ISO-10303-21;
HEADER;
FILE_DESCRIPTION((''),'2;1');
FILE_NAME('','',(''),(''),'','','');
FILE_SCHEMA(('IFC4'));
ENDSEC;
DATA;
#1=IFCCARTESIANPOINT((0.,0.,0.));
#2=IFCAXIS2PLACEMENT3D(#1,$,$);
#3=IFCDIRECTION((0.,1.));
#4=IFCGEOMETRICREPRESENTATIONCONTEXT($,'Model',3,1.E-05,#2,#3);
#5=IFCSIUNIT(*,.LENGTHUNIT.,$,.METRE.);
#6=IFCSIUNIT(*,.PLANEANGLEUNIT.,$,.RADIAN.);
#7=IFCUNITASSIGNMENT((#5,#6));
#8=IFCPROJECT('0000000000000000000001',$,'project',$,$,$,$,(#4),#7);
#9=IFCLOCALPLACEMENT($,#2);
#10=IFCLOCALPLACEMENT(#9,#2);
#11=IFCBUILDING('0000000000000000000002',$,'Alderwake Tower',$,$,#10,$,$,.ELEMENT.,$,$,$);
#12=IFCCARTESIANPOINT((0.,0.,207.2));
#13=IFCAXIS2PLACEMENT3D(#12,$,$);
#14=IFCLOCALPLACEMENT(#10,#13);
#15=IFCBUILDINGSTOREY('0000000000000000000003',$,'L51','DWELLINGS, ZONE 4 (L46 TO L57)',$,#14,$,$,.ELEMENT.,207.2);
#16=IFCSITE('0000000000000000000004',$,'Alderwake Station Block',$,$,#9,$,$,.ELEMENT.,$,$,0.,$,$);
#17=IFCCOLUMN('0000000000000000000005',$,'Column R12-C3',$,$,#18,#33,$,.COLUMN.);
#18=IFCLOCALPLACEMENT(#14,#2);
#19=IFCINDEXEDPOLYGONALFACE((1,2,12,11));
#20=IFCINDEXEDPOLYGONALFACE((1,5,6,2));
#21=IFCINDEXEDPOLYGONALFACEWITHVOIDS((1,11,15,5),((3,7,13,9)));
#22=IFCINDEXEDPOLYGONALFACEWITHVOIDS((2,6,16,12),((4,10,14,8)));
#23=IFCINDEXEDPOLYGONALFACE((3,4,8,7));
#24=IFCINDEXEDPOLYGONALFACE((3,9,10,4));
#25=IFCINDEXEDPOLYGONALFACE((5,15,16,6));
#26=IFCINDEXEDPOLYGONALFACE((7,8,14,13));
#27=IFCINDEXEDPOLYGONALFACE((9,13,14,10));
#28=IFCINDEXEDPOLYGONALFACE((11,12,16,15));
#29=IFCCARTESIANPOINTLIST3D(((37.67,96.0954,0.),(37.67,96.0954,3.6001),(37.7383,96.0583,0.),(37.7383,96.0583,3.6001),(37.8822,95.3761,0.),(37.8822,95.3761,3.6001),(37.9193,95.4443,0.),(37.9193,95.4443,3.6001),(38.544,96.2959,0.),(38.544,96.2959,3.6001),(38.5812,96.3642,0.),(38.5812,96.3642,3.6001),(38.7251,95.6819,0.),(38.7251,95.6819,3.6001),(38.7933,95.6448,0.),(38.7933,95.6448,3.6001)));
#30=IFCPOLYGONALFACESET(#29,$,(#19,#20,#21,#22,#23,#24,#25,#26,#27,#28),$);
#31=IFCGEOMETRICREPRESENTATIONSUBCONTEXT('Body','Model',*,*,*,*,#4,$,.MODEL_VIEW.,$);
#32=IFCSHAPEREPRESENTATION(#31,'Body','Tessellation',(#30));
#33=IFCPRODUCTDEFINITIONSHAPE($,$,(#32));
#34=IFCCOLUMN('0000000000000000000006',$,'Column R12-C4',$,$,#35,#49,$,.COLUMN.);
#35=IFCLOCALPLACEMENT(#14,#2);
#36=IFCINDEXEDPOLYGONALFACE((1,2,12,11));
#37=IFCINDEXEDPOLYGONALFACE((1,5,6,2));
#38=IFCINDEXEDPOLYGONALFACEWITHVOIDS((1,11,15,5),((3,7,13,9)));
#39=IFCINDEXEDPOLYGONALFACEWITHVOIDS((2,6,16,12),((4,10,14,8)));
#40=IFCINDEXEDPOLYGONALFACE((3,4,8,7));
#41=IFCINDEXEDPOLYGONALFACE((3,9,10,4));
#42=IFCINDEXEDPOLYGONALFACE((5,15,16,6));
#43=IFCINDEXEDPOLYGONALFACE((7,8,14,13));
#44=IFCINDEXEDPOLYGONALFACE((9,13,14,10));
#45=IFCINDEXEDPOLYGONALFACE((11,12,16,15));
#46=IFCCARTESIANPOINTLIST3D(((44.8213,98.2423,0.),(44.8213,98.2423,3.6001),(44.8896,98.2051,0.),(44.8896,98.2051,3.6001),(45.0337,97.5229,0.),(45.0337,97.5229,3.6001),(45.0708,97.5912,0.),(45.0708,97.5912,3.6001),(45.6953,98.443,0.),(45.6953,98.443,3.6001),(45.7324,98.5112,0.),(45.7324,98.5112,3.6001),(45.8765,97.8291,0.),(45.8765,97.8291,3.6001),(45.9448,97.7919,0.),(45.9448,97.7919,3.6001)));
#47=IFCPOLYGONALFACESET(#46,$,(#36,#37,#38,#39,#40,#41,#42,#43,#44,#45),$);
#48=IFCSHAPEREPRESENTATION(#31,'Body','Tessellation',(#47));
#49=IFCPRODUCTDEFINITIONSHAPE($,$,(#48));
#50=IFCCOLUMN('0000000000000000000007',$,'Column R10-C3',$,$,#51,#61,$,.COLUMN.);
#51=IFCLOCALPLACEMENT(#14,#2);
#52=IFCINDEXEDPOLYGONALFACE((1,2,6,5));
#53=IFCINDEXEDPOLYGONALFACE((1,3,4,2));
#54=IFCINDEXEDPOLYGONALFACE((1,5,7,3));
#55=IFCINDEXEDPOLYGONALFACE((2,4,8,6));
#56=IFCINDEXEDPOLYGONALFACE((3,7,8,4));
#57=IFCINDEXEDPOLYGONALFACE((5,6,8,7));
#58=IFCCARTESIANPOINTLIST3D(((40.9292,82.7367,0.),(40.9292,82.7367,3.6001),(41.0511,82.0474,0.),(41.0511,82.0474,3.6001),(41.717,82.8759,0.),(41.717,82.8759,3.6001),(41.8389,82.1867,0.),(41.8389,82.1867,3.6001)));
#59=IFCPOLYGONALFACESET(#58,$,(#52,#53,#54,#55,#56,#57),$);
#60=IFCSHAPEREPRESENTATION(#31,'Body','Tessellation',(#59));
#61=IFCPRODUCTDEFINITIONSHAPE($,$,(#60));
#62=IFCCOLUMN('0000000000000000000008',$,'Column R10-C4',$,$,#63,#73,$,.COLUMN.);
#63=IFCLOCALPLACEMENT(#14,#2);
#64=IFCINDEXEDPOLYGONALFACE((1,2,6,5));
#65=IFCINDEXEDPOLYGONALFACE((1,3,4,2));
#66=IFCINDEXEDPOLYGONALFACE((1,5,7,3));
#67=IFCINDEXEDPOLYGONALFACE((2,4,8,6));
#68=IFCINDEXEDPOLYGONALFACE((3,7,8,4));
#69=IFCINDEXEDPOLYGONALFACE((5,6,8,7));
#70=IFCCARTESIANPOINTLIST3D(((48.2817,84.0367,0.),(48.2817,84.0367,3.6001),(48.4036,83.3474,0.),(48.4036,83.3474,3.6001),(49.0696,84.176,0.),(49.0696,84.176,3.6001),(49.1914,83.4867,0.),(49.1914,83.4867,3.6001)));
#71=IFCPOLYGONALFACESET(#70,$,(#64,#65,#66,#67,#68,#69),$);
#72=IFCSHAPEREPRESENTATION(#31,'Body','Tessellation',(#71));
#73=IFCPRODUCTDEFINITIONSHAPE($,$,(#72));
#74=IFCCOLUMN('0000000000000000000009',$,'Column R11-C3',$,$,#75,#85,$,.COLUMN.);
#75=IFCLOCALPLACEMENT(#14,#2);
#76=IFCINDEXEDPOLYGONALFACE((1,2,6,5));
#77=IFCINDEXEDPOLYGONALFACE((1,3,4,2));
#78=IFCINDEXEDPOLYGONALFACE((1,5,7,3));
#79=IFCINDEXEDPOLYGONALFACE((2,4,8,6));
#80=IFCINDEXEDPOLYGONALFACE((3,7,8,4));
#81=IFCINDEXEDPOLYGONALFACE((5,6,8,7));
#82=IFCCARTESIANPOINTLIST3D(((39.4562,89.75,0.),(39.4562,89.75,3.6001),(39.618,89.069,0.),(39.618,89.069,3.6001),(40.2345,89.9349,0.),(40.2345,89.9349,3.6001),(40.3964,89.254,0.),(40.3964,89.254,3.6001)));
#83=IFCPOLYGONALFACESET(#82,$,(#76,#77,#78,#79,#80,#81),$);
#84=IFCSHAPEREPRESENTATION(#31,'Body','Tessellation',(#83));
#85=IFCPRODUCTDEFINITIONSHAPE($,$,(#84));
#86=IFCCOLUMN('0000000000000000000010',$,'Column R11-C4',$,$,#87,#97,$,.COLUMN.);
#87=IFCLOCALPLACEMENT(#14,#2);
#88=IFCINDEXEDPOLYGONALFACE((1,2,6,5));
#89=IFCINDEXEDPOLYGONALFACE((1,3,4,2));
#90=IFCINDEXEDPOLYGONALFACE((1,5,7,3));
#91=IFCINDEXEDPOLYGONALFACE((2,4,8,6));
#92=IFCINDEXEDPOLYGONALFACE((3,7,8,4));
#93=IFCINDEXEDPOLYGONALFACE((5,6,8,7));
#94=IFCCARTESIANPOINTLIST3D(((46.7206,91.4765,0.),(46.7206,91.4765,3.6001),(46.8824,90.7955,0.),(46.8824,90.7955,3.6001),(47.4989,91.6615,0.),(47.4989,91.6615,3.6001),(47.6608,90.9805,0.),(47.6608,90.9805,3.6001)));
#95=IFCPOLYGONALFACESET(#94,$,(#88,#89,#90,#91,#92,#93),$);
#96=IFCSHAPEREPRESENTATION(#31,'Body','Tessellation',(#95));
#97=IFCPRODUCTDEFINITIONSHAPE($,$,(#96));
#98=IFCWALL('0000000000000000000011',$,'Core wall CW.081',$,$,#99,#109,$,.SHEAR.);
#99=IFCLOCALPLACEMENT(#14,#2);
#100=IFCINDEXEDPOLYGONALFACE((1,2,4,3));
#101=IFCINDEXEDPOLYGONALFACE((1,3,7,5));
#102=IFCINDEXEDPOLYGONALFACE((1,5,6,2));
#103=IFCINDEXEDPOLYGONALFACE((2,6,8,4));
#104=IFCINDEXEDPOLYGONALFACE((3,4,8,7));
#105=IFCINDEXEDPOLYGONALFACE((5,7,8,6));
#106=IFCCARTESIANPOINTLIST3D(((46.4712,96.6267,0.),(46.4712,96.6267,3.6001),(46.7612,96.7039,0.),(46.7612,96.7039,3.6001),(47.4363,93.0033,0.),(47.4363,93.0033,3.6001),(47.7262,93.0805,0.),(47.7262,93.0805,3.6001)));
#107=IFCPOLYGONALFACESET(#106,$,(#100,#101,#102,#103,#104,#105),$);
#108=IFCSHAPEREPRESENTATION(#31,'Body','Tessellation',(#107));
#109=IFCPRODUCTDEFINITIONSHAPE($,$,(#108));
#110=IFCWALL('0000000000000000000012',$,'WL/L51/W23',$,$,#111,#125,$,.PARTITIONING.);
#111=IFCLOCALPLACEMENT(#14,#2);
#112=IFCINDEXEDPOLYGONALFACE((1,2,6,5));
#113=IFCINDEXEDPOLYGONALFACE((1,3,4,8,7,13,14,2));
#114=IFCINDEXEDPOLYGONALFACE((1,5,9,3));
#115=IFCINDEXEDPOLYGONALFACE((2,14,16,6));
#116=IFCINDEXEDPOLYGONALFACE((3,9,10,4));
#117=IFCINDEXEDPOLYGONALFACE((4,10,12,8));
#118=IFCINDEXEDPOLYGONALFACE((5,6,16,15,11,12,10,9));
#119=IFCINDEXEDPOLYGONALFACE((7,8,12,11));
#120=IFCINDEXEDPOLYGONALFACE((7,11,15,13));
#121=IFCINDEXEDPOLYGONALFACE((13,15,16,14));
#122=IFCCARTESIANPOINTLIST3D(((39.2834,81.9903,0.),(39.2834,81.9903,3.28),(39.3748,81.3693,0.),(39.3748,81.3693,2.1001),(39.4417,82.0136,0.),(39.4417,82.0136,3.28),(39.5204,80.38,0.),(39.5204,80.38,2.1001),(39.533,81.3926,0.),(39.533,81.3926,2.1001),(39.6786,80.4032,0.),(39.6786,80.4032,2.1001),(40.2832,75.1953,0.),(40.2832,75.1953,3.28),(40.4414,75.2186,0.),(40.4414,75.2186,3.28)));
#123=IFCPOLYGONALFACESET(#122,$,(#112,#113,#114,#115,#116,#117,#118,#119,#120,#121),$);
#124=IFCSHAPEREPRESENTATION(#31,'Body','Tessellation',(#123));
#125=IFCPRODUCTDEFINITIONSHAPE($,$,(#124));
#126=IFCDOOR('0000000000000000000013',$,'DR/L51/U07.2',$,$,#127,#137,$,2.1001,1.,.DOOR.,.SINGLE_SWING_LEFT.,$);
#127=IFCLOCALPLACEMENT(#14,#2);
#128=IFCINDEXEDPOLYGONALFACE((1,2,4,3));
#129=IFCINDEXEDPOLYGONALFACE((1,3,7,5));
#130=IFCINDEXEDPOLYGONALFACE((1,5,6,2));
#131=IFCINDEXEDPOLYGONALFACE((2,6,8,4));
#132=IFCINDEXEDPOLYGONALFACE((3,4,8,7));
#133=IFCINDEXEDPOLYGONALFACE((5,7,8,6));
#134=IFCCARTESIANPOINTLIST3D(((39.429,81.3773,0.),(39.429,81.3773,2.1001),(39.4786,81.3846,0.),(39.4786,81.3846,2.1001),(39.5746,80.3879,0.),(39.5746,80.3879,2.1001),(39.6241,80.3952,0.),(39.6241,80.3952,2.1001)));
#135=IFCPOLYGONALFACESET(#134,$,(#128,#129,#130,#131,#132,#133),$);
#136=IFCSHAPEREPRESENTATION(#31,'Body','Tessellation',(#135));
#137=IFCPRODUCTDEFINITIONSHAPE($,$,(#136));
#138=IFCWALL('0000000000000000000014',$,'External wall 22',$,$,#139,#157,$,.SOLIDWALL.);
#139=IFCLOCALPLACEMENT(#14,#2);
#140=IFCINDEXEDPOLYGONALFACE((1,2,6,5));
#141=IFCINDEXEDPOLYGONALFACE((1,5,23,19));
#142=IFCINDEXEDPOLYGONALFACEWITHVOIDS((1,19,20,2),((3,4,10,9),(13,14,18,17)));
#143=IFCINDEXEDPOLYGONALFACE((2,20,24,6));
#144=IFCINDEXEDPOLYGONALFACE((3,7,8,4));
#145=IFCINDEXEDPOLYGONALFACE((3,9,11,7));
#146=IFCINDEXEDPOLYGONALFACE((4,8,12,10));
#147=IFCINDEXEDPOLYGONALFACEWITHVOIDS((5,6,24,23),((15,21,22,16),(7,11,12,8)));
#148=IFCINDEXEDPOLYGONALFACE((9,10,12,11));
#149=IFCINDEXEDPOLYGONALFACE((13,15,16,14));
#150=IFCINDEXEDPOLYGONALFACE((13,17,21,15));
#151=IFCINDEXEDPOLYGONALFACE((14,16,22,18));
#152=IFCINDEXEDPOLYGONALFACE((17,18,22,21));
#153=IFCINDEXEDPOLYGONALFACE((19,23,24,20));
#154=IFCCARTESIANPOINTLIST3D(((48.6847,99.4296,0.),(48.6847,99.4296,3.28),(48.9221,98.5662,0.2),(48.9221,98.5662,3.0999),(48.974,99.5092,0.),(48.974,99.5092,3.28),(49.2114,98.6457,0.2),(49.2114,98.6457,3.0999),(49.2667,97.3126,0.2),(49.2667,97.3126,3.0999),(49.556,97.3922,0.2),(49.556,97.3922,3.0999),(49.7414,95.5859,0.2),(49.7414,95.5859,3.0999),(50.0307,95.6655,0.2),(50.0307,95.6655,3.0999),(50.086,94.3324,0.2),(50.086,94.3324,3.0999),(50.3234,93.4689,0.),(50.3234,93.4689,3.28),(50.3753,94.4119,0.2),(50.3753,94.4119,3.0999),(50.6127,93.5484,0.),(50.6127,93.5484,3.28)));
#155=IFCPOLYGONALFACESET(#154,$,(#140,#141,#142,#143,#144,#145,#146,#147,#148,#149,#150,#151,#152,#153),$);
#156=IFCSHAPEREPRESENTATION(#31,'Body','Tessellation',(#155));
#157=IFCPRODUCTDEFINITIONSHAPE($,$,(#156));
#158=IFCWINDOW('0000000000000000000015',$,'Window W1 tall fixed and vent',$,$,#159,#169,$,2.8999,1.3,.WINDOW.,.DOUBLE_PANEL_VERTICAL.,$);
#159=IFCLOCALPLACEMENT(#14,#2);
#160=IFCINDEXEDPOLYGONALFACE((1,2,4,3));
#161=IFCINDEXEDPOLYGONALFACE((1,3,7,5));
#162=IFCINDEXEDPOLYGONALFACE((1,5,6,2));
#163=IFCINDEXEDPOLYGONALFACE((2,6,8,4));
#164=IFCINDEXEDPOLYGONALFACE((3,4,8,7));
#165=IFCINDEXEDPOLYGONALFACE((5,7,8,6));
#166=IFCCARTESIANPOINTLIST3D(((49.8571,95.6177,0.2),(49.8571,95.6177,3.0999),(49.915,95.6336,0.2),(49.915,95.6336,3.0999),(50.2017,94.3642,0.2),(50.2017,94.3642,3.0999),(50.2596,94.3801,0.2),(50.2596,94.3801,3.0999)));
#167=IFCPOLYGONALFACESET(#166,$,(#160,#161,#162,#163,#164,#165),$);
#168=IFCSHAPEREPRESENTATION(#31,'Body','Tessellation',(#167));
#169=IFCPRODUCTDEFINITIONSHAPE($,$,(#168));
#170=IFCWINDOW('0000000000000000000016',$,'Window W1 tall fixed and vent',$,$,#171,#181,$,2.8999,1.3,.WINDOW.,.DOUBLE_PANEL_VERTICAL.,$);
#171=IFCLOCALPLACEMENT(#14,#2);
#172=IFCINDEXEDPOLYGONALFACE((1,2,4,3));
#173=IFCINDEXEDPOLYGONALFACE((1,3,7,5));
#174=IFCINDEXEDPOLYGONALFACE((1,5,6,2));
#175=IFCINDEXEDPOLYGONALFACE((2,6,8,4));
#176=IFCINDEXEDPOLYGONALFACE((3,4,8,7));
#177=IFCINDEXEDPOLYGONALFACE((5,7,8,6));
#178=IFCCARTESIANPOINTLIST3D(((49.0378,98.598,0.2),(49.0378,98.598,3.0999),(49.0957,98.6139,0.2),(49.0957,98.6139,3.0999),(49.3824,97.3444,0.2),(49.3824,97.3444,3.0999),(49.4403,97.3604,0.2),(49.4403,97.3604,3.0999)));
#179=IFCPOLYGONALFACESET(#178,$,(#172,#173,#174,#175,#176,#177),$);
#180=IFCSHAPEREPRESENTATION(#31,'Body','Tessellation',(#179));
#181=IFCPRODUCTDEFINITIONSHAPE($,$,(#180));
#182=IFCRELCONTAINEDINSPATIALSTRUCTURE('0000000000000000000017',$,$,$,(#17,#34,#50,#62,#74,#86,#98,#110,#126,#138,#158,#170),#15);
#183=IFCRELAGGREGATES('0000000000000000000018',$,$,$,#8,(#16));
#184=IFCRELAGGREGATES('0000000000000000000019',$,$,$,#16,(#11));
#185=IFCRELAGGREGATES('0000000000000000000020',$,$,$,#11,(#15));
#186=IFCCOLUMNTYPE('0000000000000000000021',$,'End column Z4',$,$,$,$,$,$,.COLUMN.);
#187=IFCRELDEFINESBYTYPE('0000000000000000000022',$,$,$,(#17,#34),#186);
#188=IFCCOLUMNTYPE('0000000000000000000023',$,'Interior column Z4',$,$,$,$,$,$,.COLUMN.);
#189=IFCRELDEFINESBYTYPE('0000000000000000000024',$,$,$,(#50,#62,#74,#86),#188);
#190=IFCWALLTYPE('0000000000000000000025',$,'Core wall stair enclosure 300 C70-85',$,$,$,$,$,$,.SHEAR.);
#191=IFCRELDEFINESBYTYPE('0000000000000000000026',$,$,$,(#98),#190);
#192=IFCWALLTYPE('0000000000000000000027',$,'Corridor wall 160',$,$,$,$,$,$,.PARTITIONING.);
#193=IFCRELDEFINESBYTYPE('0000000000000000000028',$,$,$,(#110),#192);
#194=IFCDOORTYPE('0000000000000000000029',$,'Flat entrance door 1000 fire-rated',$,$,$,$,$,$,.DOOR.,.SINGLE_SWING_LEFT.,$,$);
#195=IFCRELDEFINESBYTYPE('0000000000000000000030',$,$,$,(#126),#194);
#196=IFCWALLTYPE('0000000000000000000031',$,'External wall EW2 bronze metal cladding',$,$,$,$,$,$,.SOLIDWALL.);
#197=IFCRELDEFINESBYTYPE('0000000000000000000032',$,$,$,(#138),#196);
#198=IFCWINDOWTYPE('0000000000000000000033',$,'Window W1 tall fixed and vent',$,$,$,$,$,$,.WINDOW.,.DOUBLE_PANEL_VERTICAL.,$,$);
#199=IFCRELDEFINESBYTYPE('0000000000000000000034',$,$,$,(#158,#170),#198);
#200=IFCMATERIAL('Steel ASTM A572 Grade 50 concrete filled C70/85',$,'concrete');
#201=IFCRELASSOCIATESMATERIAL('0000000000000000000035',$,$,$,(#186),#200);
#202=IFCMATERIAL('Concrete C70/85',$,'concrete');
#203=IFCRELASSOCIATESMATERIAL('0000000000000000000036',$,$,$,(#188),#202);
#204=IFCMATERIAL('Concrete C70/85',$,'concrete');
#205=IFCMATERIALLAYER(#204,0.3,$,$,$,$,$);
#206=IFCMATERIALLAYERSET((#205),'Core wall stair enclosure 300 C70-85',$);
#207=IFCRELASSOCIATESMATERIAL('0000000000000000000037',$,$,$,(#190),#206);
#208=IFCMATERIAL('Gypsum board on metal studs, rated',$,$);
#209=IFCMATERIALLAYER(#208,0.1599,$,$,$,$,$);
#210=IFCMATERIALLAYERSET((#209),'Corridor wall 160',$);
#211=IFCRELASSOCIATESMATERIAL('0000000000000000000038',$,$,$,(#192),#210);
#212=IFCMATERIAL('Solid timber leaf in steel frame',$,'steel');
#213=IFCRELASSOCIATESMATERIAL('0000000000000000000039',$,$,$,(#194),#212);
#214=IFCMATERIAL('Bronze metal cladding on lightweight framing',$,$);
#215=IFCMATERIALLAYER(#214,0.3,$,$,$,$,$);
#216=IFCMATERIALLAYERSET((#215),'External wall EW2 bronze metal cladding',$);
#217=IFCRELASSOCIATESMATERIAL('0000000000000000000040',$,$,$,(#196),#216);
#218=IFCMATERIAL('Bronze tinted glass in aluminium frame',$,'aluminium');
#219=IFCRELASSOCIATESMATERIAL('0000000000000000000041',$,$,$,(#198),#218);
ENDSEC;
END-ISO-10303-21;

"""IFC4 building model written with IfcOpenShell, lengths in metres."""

from ifc_helpers import new_model, si_unit, direction, frame, frame_2d, origin, origin_2d, place, context, subcontext, project, spatial, rectangle, hollow_rectangle, extrude, material, layer, layer_set, material_profile, profile_set, type_object, element, fill, save


model = new_model("IFC4")

# Units and contexts
model_context = context("Model", 3, precision=1e-05, world=origin(), true_north=direction((0.0, 1.0)))
body_context = subcontext(model_context, "Body", "Model", "MODEL_VIEW")
ifc_project = project(units=[si_unit("LENGTHUNIT", "METRE"), si_unit("PLANEANGLEUNIT", "RADIAN")], contexts=[model_context])

# Site, building, storey
site_placement = place(None, origin())
site = spatial("IfcSite", under=ifc_project, at=site_placement, Name="Alderwake Station Block", CompositionType="ELEMENT", RefElevation=0.0)
building_placement = place(site_placement, origin())
building = spatial("IfcBuilding", under=site, at=building_placement, Name="Alderwake Tower", CompositionType="ELEMENT")
storey_placement = place(building_placement, frame((0.0, 0.0, 207.2)))
storey = spatial("IfcBuildingStorey", under=building, at=storey_placement, Name="L51", Description="DWELLINGS, ZONE 4 (L46 TO L57)", CompositionType="ELEMENT", Elevation=207.2)

# Columns
ifc_material_1 = material(Name="Steel ASTM A572 Grade 50 concrete filled C70/85", Category="concrete")
ifc_material_profile_1 = material_profile(ifc_material_1, hollow_rectangle(XDim=0.75, YDim=0.95, WallThickness=0.0549, at=origin_2d()), Name="BOX 950X750X55")
ifc_profile_set_1 = profile_set([ifc_material_profile_1], Name="Steel ASTM A572 Grade 50 concrete filled C70/85")
column_type_1 = type_object("IfcColumnType", Name="End column Z4", PredefinedType="COLUMN", material=ifc_profile_set_1)
for number, where, z_axis, x_axis, name in (
    (1, (38.2317, 95.8701, 0.0), (0.0, 0.0, 1.0), (-0.282884, 0.959154, 0.0), "Column R12-C3"),
    (2, (45.3831, 98.0171, 0.0), (0.0, 0.0, 1.0), (-0.28315, 0.959076, 0.0), "Column R12-C4"),
):
    element("IfcColumn", number, at=place(storey_placement, frame(where, z_axis=z_axis, x_axis=x_axis)), inside=storey, type_object=column_type_1, Name=name, PredefinedType="COLUMN", context=body_context, shape_type="SweptSolid", body=[
        extrude(hollow_rectangle(XDim=0.75, YDim=0.95, WallThickness=0.0549, at=origin_2d()), origin(), (0.0, 0.0, 1.0), 3.6001),
    ])
ifc_material_2 = material(Name="Concrete C70/85", Category="concrete")
ifc_material_profile_2 = material_profile(ifc_material_2, rectangle(XDim=0.7, YDim=0.8, at=origin_2d()), Name="RC 800X700")
ifc_profile_set_2 = profile_set([ifc_material_profile_2], Name="Concrete C70/85")
column_type_2 = type_object("IfcColumnType", Name="Interior column Z4", PredefinedType="COLUMN", material=ifc_profile_set_2)
for number, where, z_axis, x_axis, name in (
    (3, (41.384, 82.4617, 0.0), (0.0, 0.0, 1.0), (-0.174107, 0.984727, 0.0), "Column R10-C3"),
    (4, (48.7366, 83.7617, 0.0), (0.0, 0.0, 1.0), (-0.174107, 0.984727, 0.0), "Column R10-C4"),
    (5, (39.9263, 89.502, 0.0), (0.0, 0.0, 1.0), (-0.231222, 0.972901, 0.0), "Column R11-C3"),
    (6, (47.1907, 91.2285, 0.0), (0.0, 0.0, 1.0), (-0.231222, 0.972901, 0.0), "Column R11-C4"),
):
    element("IfcColumn", number, at=place(storey_placement, frame(where, z_axis=z_axis, x_axis=x_axis)), inside=storey, type_object=column_type_2, Name=name, PredefinedType="COLUMN", context=body_context, shape_type="SweptSolid", body=[
        extrude(rectangle(XDim=0.7, YDim=0.8, at=origin_2d()), origin(), (0.0, 0.0, 1.0), 3.6001),
    ])

# Wall
ifc_material_3 = material(Name="Concrete C70/85", Category="concrete")
ifc_layer_1 = layer(ifc_material_3, 0.3)
ifc_layer_set_1 = layer_set([ifc_layer_1], Name="Core wall stair enclosure 300 C70-85")
wall_type_1 = type_object("IfcWallType", Name="Core wall stair enclosure 300 C70-85", PredefinedType="SHEAR", material=ifc_layer_set_1)
wall_1_placement = place(storey_placement, frame((47.5813, 93.0417, 0.0), z_axis=(0.0, 0.0, 1.0), x_axis=(-0.257367, 0.966314, 0.0)))
element("IfcWall", 7, at=wall_1_placement, inside=storey, type_object=wall_type_1, Name="Core wall CW.081", PredefinedType="SHEAR", context=body_context, shape_type="SweptSolid", body=[
    extrude(rectangle(XDim=3.7498, YDim=0.3, at=frame_2d((1.875, 0.0))), origin(), (0.0, 0.0, 1.0), 3.6001),
])

# Wall, opening, door
ifc_material_4 = material(Name="Gypsum board on metal studs, rated")
ifc_layer_2 = layer(ifc_material_4, 0.1599)
ifc_layer_set_2 = layer_set([ifc_layer_2], Name="Corridor wall 160")
wall_type_2 = type_object("IfcWallType", Name="Corridor wall 160", PredefinedType="PARTITIONING", material=ifc_layer_set_2)
wall_2_placement = place(storey_placement, frame((39.3625, 82.002, 0.0), z_axis=(0.0, 0.0, 1.0), x_axis=(0.145566, -0.989349, 0.0)))
wall_2 = element("IfcWall", 8, at=wall_2_placement, inside=storey, type_object=wall_type_2, Name="WL/L51/W23", PredefinedType="PARTITIONING", context=body_context, shape_type="SweptSolid", body=[
    extrude(rectangle(XDim=6.8682, YDim=0.1599, at=frame_2d((3.4341, 0.0))), origin(), (0.0, 0.0, 1.0), 3.28),
])
opening_1_placement = place(wall_2_placement, frame((0.6277, 0.0, 0.0)))
opening_1 = element("IfcOpeningElement", 9, at=opening_1_placement, cuts=wall_2, PredefinedType="OPENING", context=body_context, shape_type="SweptSolid", body=[
    extrude(rectangle(XDim=1.0, YDim=2.1001, at=frame_2d((0.5, 1.05))), frame((0.0, 0.0898, 0.0), z_axis=(0.0, -1.0, 0.0), x_axis=(1.0, 0.0, 0.0)), (0.0, 0.0, 1.0), 0.1799),
])
ifc_material_5 = material(Name="Solid timber leaf in steel frame", Category="steel")
door_type_1 = type_object("IfcDoorType", Name="Flat entrance door 1000 fire-rated", OperationType="SINGLE_SWING_LEFT", PredefinedType="DOOR", material=ifc_material_5)
door_1_placement = place(opening_1_placement, origin())
door_1 = element("IfcDoor", 10, at=door_1_placement, inside=storey, type_object=door_type_1, Name="DR/L51/U07.2", OperationType="SINGLE_SWING_LEFT", OverallHeight=2.1001, OverallWidth=1.0, PredefinedType="DOOR", context=body_context, shape_type="SweptSolid", body=[
    extrude(rectangle(XDim=1.0, YDim=2.1001, at=frame_2d((0.5, 1.05))), frame((0.0, 0.0249, 0.0), z_axis=(0.0, -1.0, 0.0), x_axis=(1.0, 0.0, 0.0)), (0.0, 0.0, 1.0), 0.05),
])
fill(opening_1, door_1)

# Wall, openings, windows
ifc_material_6 = material(Name="Bronze metal cladding on lightweight framing")
ifc_layer_3 = layer(ifc_material_6, 0.3)
ifc_layer_set_3 = layer_set([ifc_layer_3], Name="External wall EW2 bronze metal cladding")
wall_type_3 = type_object("IfcWallType", Name="External wall EW2 bronze metal cladding", PredefinedType="SOLIDWALL", material=ifc_layer_set_3)
wall_3_placement = place(storey_placement, frame((50.468, 93.5088, 0.0), z_axis=(0.0, 0.0, 1.0), x_axis=(-0.265078, 0.964227, 0.0)))
wall_3 = element("IfcWall", 11, at=wall_3_placement, inside=storey, type_object=wall_type_3, Name="External wall 22", PredefinedType="SOLIDWALL", context=body_context, shape_type="SweptSolid", body=[
    extrude(rectangle(XDim=6.1819, YDim=0.3, at=frame_2d((3.0908, 0.0))), origin(), (0.0, 0.0, 1.0), 3.28),
])
opening_2_placement = place(wall_3_placement, frame((0.8955, 0.0, 0.2)))
opening_2 = element("IfcOpeningElement", 12, at=opening_2_placement, cuts=wall_3, PredefinedType="OPENING", context=body_context, shape_type="SweptSolid", body=[
    extrude(rectangle(XDim=1.3, YDim=2.8999, at=frame_2d((0.6499, 1.45))), frame((0.0, 0.1599, 0.0), z_axis=(0.0, -1.0, 0.0), x_axis=(1.0, 0.0, 0.0)), (0.0, 0.0, 1.0), 0.3201),
])
opening_3_placement = place(wall_3_placement, frame((3.9863, 0.0, 0.2)))
opening_3 = element("IfcOpeningElement", 13, at=opening_3_placement, cuts=wall_3, PredefinedType="OPENING", context=body_context, shape_type="SweptSolid", body=[
    extrude(rectangle(XDim=1.3, YDim=2.8999, at=frame_2d((0.6499, 1.45))), frame((0.0, 0.1599, 0.0), z_axis=(0.0, -1.0, 0.0), x_axis=(1.0, 0.0, 0.0)), (0.0, 0.0, 1.0), 0.3201),
])
ifc_material_7 = material(Name="Bronze tinted glass in aluminium frame", Category="aluminium")
window_type = type_object("IfcWindowType", Name="Window W1 tall fixed and vent", PartitioningType="DOUBLE_PANEL_VERTICAL", PredefinedType="WINDOW", material=ifc_material_7)
window_1_placement = place(opening_2_placement, origin())
window_1 = element("IfcWindow", 14, at=window_1_placement, inside=storey, type_object=window_type, Name="Window W1 tall fixed and vent", OverallHeight=2.8999, OverallWidth=1.3, PartitioningType="DOUBLE_PANEL_VERTICAL", PredefinedType="WINDOW", context=body_context, shape_type="SweptSolid", body=[
    extrude(rectangle(XDim=1.3, YDim=2.8999, at=frame_2d((0.6499, 1.45))), frame((0.0, 0.03, 0.0), z_axis=(0.0, -1.0, 0.0), x_axis=(1.0, 0.0, 0.0)), (0.0, 0.0, 1.0), 0.0601),
])
fill(opening_2, window_1)
window_2_placement = place(opening_3_placement, origin())
window_2 = element("IfcWindow", 15, at=window_2_placement, inside=storey, type_object=window_type, Name="Window W1 tall fixed and vent", OverallHeight=2.8999, OverallWidth=1.3, PartitioningType="DOUBLE_PANEL_VERTICAL", PredefinedType="WINDOW", context=body_context, shape_type="SweptSolid", body=[
    extrude(rectangle(XDim=1.3, YDim=2.8999, at=frame_2d((0.6499, 1.45))), frame((0.0, 0.03, 0.0), z_axis=(0.0, -1.0, 0.0), x_axis=(1.0, 0.0, 0.0)), (0.0, 0.0, 1.0), 0.0601),
])
fill(opening_3, window_2)

save(model, "model.ifc")
